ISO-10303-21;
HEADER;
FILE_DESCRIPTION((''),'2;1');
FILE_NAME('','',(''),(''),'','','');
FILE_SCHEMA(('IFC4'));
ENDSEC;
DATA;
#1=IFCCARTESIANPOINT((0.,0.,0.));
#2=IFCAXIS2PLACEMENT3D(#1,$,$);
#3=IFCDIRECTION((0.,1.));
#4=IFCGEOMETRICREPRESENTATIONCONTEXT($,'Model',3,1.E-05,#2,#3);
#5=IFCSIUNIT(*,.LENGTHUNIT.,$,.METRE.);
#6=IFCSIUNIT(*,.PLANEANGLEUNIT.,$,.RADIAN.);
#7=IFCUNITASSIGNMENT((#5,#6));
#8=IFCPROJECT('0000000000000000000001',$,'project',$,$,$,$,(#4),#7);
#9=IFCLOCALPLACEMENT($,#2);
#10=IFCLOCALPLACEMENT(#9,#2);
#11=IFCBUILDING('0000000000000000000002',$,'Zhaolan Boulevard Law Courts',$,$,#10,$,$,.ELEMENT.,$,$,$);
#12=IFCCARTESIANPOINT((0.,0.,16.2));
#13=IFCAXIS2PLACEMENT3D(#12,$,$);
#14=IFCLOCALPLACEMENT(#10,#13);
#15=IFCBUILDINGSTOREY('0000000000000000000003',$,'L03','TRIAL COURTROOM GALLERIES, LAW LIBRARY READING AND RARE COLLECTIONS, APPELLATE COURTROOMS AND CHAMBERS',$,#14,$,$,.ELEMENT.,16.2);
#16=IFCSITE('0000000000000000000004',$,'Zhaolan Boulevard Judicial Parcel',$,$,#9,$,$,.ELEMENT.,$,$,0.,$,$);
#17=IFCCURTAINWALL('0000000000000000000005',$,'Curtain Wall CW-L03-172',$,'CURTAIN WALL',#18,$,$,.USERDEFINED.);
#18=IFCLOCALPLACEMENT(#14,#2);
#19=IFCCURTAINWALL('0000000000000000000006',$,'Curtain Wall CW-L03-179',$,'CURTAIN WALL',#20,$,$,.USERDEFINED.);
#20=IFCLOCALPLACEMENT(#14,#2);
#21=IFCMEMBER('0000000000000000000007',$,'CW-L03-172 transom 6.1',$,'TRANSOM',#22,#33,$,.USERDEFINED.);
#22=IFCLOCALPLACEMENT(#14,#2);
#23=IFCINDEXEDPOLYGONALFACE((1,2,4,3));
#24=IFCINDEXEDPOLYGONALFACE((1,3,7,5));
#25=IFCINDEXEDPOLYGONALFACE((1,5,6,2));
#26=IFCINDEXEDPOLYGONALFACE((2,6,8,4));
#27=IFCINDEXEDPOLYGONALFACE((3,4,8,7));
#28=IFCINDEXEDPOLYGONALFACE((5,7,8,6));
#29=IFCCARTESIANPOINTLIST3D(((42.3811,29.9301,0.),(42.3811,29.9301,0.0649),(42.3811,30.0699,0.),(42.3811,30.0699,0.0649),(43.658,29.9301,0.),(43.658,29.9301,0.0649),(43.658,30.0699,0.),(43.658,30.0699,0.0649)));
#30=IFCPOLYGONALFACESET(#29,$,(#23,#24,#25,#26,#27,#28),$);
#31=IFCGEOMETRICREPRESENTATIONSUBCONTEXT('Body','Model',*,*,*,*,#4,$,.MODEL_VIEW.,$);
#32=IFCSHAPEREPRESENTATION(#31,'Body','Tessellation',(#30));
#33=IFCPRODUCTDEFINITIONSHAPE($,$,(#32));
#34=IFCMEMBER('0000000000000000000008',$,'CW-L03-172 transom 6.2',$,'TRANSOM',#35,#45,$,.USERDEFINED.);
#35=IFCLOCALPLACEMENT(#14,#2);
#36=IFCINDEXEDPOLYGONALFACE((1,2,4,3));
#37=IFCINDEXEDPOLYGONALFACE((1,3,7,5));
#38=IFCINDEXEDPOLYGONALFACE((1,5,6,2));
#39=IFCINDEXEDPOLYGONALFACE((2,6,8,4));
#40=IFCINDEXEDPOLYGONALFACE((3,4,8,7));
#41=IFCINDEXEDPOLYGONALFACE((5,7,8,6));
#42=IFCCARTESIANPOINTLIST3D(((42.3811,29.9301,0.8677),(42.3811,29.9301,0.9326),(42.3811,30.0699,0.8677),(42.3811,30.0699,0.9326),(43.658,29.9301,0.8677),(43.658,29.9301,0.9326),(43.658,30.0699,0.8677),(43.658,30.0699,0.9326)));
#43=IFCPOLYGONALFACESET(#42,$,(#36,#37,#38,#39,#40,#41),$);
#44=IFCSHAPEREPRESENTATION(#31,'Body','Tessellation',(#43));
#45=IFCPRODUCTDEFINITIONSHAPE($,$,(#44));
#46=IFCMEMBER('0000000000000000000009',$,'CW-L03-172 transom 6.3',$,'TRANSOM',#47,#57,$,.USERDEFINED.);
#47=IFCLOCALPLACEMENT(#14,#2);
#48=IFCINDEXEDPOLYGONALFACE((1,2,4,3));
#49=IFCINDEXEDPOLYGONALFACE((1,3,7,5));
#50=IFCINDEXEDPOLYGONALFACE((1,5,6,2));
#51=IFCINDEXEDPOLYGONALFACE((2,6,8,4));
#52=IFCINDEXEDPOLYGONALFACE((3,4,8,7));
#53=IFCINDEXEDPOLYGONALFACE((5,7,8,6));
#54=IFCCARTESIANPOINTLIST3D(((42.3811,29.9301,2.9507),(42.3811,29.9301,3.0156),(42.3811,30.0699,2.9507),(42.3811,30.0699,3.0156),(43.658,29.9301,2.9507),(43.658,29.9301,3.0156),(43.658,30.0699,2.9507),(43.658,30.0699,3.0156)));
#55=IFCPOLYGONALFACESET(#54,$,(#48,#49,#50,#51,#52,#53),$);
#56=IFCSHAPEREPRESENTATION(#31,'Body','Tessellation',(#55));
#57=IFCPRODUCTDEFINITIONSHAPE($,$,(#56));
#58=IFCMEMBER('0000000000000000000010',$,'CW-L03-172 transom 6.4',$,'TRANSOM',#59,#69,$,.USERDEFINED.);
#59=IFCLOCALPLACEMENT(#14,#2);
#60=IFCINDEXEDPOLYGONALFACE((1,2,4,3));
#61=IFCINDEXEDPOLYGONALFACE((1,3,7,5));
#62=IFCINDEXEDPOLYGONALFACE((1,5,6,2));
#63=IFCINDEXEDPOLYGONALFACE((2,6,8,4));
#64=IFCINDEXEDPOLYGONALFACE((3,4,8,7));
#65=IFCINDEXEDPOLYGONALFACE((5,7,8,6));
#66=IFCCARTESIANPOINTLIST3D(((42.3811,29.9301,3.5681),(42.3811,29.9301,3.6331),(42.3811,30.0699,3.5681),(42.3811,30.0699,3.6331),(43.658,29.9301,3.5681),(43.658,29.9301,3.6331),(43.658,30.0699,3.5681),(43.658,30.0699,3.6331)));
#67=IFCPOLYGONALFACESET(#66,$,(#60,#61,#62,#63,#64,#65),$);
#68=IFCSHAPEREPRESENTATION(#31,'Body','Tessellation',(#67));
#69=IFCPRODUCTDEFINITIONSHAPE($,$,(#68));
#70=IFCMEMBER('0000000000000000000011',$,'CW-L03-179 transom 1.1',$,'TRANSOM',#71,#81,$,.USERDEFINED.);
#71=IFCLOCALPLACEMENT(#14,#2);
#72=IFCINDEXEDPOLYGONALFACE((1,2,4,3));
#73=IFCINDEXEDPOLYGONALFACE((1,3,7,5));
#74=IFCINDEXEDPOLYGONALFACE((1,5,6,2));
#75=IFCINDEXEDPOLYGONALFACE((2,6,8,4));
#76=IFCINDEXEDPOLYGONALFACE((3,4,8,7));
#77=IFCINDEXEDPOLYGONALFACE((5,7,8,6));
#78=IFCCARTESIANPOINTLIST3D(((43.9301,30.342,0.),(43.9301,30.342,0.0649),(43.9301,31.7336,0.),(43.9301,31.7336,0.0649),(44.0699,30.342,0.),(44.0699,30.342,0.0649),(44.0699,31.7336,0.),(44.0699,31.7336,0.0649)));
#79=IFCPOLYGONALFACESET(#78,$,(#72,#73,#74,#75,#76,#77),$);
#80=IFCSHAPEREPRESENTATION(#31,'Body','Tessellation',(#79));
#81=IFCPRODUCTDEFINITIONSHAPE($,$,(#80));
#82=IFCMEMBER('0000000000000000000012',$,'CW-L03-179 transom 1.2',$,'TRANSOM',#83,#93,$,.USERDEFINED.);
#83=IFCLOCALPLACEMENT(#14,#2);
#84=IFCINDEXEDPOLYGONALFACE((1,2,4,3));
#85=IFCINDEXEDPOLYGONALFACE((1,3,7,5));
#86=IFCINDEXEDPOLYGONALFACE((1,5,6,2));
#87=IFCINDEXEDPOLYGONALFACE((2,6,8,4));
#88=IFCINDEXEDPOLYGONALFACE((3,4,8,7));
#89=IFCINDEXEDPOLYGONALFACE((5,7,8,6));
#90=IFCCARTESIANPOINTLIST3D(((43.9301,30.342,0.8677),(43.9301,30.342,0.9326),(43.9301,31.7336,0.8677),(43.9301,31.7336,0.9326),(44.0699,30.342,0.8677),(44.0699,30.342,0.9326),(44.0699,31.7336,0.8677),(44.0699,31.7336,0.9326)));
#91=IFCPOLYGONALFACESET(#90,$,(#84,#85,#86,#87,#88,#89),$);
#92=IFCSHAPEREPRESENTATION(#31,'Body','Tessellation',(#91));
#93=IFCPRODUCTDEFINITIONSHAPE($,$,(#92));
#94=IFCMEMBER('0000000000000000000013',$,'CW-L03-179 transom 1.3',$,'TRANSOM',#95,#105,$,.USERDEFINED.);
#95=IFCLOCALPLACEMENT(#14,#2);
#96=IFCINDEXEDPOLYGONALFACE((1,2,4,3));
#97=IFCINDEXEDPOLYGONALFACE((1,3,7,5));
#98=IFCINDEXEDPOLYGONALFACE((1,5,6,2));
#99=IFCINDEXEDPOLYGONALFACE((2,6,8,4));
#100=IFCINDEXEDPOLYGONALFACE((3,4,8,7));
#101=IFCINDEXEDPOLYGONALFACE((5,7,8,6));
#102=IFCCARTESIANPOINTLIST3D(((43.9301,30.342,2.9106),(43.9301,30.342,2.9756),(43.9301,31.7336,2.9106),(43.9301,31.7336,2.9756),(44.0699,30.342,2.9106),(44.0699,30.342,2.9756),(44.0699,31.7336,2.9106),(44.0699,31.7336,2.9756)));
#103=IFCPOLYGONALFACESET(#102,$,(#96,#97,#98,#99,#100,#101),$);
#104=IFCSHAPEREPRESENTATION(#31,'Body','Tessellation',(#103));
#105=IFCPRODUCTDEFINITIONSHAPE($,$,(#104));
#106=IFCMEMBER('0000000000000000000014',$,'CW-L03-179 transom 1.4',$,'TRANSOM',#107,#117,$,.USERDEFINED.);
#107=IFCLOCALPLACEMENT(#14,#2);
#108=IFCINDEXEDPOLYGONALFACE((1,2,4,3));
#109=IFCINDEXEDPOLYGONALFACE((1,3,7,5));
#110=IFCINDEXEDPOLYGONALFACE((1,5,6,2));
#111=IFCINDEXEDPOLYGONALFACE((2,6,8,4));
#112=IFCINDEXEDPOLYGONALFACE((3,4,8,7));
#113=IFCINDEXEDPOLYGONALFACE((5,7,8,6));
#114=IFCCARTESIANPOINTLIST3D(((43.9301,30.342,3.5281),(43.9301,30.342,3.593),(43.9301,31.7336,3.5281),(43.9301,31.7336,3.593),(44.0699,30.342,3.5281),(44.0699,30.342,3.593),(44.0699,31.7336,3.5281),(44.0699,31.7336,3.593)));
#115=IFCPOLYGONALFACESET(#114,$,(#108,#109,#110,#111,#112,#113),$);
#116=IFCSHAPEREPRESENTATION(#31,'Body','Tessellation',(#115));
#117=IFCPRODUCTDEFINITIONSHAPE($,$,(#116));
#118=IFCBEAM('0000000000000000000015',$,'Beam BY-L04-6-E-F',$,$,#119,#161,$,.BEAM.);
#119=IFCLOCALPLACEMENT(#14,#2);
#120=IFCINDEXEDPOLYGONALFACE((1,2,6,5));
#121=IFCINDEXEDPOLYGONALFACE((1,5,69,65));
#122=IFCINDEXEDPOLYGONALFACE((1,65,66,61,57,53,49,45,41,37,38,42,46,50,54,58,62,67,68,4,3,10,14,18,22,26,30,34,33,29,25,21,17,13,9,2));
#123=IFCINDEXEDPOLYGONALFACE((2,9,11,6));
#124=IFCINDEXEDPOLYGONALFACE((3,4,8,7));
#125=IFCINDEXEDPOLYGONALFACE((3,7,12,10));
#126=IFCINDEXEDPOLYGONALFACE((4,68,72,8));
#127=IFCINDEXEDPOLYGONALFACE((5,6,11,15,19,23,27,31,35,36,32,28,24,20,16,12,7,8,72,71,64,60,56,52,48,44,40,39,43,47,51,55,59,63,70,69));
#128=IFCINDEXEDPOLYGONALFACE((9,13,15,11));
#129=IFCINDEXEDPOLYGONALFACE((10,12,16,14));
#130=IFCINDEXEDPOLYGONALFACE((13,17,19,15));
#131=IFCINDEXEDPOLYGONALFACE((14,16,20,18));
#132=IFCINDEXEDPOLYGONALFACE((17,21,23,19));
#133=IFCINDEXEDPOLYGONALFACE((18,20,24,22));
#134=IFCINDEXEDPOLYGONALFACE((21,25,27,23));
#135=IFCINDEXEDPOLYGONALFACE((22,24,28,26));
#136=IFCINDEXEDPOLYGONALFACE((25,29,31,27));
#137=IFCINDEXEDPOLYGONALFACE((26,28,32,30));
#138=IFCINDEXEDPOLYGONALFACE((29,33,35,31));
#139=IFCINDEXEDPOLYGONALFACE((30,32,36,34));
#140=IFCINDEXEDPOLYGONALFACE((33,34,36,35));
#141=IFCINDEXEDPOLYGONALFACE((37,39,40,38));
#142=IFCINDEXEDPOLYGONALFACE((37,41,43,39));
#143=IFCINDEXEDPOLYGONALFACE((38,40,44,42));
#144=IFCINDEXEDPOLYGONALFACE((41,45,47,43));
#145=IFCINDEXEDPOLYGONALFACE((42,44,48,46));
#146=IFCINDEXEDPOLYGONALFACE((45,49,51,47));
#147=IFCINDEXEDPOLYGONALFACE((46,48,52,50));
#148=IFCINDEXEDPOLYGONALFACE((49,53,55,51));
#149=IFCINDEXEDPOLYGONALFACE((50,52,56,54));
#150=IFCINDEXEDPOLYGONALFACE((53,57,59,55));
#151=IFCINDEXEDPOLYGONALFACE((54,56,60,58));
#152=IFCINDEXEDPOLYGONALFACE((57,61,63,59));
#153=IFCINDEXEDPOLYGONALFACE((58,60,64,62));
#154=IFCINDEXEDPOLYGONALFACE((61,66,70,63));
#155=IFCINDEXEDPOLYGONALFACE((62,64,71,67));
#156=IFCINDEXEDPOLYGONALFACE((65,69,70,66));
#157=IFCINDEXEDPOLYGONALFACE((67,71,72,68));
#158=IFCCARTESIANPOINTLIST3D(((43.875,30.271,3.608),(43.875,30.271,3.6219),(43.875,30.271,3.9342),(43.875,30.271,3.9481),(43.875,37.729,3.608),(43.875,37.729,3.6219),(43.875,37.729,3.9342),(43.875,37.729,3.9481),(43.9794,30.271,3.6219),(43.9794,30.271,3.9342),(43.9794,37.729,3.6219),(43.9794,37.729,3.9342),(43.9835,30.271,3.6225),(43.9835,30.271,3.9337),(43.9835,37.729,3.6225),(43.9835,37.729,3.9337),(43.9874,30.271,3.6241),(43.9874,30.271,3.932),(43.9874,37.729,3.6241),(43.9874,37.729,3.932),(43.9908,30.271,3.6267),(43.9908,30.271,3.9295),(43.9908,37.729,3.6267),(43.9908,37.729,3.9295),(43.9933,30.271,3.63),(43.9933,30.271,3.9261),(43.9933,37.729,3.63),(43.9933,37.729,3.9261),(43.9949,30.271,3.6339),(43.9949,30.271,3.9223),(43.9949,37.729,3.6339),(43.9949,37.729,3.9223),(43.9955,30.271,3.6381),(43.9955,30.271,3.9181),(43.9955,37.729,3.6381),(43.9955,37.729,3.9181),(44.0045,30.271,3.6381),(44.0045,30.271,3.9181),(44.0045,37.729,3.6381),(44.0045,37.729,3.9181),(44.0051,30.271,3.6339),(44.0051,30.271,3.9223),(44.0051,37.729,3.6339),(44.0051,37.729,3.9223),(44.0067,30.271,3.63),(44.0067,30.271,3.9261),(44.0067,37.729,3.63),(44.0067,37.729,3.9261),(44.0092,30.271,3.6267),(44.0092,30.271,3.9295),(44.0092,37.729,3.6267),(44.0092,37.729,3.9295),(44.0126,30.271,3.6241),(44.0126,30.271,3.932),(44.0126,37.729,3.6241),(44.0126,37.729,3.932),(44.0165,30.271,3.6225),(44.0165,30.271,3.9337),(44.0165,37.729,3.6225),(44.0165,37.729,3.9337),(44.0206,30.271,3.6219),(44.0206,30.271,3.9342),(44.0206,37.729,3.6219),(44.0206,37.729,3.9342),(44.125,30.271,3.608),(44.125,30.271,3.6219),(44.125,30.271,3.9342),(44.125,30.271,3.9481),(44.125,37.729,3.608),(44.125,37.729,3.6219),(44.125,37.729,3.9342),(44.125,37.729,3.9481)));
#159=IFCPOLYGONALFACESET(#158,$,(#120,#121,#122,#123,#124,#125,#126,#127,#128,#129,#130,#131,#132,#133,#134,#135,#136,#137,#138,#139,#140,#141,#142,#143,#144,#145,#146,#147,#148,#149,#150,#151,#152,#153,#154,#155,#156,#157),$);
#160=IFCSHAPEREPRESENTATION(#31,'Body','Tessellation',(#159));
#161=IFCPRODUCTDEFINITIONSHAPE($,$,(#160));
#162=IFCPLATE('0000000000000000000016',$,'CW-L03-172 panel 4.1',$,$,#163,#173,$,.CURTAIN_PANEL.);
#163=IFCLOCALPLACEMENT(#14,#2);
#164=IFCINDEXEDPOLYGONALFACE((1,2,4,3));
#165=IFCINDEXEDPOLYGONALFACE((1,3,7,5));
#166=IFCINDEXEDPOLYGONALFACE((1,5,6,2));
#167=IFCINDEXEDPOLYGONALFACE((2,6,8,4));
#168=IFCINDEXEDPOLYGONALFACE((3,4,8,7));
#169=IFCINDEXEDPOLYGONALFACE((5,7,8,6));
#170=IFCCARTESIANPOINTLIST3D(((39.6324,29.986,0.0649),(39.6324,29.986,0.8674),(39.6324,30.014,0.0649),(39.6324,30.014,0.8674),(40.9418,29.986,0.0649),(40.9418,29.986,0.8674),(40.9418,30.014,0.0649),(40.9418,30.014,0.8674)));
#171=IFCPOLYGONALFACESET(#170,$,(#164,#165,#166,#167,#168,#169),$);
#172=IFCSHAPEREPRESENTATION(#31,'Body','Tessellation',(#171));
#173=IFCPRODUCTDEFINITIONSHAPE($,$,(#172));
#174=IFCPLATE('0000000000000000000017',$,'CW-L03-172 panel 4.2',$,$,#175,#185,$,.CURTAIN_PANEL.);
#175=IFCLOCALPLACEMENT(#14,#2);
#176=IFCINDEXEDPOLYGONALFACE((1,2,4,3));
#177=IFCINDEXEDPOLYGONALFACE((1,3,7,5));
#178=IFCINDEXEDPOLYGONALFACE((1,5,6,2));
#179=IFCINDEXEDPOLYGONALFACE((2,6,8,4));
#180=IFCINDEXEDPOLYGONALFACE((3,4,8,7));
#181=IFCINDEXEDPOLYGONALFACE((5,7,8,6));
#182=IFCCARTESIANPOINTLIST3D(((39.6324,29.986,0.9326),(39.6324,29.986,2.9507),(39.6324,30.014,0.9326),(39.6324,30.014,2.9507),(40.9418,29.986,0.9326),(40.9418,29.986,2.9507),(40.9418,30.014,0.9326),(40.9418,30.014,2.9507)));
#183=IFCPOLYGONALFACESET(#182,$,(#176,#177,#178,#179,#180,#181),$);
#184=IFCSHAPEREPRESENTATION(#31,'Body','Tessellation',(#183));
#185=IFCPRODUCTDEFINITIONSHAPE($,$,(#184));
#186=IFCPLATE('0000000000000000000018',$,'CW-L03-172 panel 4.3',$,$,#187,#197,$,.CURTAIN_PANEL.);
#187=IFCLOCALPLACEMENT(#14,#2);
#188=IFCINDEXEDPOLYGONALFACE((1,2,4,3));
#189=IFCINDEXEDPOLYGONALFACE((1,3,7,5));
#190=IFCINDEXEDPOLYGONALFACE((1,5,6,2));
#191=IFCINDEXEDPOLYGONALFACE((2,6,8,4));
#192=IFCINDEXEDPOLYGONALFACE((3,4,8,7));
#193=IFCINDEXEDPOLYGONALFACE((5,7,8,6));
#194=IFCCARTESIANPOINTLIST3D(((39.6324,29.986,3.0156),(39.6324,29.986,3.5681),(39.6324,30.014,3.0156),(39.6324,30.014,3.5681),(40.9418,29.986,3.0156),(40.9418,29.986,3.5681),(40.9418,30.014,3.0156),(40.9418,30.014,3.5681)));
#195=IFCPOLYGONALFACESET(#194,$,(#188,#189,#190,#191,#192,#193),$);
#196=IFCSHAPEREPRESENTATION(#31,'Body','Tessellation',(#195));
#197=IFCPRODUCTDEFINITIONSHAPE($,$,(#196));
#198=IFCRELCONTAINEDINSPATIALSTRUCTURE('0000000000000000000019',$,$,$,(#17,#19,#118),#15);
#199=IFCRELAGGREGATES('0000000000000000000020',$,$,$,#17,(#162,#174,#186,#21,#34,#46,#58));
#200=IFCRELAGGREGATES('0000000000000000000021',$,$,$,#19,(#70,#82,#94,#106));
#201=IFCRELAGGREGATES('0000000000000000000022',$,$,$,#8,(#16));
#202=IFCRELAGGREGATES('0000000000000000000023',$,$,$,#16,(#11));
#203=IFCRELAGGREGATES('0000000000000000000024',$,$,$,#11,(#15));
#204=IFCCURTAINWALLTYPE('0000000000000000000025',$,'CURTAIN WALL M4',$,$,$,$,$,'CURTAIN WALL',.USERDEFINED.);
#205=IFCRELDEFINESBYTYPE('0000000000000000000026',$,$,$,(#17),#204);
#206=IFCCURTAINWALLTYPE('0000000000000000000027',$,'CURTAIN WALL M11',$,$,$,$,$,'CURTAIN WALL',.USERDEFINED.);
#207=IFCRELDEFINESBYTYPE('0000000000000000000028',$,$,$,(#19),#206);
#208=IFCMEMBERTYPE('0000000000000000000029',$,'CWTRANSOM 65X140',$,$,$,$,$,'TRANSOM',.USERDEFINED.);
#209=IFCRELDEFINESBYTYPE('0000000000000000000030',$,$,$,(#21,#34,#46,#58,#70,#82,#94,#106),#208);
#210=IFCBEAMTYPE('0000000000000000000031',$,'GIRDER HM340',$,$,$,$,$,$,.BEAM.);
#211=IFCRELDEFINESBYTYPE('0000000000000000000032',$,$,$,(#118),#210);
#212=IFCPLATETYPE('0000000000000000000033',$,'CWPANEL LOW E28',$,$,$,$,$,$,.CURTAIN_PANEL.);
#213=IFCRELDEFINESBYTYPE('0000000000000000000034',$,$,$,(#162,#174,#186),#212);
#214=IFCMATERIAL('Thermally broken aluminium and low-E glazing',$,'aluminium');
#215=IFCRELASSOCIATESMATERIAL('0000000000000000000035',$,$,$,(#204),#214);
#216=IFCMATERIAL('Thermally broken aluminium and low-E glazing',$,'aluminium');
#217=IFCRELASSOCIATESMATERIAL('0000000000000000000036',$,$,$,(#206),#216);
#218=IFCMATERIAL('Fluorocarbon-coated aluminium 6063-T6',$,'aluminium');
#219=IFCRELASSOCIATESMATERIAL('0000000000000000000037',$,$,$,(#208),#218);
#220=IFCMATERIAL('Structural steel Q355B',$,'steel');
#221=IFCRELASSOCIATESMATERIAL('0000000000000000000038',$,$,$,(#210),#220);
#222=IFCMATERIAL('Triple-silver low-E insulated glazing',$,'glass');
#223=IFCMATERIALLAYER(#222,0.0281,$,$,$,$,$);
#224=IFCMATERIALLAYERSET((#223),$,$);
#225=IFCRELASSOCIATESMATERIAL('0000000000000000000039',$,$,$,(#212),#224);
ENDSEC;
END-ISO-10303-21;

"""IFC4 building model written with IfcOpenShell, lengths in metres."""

from ifc_helpers import new_model, si_unit, direction, frame, origin, origin_2d, place, context, subcontext, project, spatial, rectangle, i_section, extrude, material, layer, layer_set, material_profile, profile_set, type_object, element, aggregate, save


model = new_model("IFC4")

# Units and contexts
model_context = context("Model", 3, precision=1e-05, world=origin(), true_north=direction((0.0, 1.0)))
body_context = subcontext(model_context, "Body", "Model", "MODEL_VIEW")
ifc_project = project(units=[si_unit("LENGTHUNIT", "METRE"), si_unit("PLANEANGLEUNIT", "RADIAN")], contexts=[model_context])

# Site, building, storey
site_placement = place(None, origin())
site = spatial("IfcSite", under=ifc_project, at=site_placement, Name="Zhaolan Boulevard Judicial Parcel", CompositionType="ELEMENT", RefElevation=0.0)
building_placement = place(site_placement, origin())
building = spatial("IfcBuilding", under=site, at=building_placement, Name="Zhaolan Boulevard Law Courts", CompositionType="ELEMENT")
storey_placement = place(building_placement, frame((0.0, 0.0, 16.2)))
storey = spatial("IfcBuildingStorey", under=building, at=storey_placement, Name="L03", Description="TRIAL COURTROOM GALLERIES, LAW LIBRARY READING AND RARE COLLECTIONS, APPELLATE COURTROOMS AND CHAMBERS", CompositionType="ELEMENT", Elevation=16.2)

# Curtain wall
ifc_material_1 = material(Name="Thermally broken aluminium and low-E glazing", Category="aluminium")
curtain_wall_type_1 = type_object("IfcCurtainWallType", Name="CURTAIN WALL M4", ElementType="CURTAIN WALL", PredefinedType="USERDEFINED", material=ifc_material_1)
curtain_wall_1_placement = place(storey_placement, origin())
curtain_wall_1 = element("IfcCurtainWall", 1, at=curtain_wall_1_placement, inside=storey, type_object=curtain_wall_type_1, Name="Curtain Wall CW-L03-172", ObjectType="CURTAIN WALL", PredefinedType="USERDEFINED")

# Curtain wall
ifc_material_2 = material(Name="Thermally broken aluminium and low-E glazing", Category="aluminium")
curtain_wall_type_2 = type_object("IfcCurtainWallType", Name="CURTAIN WALL M11", ElementType="CURTAIN WALL", PredefinedType="USERDEFINED", material=ifc_material_2)
curtain_wall_2_placement = place(storey_placement, origin())
curtain_wall_2 = element("IfcCurtainWall", 2, at=curtain_wall_2_placement, inside=storey, type_object=curtain_wall_type_2, Name="Curtain Wall CW-L03-179", ObjectType="CURTAIN WALL", PredefinedType="USERDEFINED")

# Members
ifc_material_3 = material(Name="Fluorocarbon-coated aluminium 6063-T6", Category="aluminium")
ifc_material_profile_1 = material_profile(ifc_material_3, rectangle(XDim=0.1399, YDim=0.0649, at=origin_2d()), Name="AL65x140")
ifc_profile_set_1 = profile_set([ifc_material_profile_1], Name="Fluorocarbon-coated aluminium 6063-T6")
member_type_1 = type_object("IfcMemberType", Name="CWTRANSOM 65X140", ElementType="TRANSOM", PredefinedType="USERDEFINED", material=ifc_profile_set_1)
member_1_placement = place(storey_placement, frame((42.3811, 30.0, 0.0325), z_axis=(1.0, 0.0, 0.0), x_axis=(0.0, 1.0, 0.0)))
member_1 = element("IfcMember", 3, at=member_1_placement, type_object=member_type_1, Name="CW-L03-172 transom 6.1", ObjectType="TRANSOM", PredefinedType="USERDEFINED", context=body_context, shape_type="SweptSolid", body=[
    extrude(rectangle(XDim=0.1399, YDim=0.0649, at=origin_2d()), origin(), (0.0, 0.0, 1.0), 1.2769),
])
member_2_placement = place(storey_placement, frame((42.3811, 30.0, 0.9001), z_axis=(1.0, 0.0, 0.0), x_axis=(0.0, 1.0, 0.0)))
member_2 = element("IfcMember", 4, at=member_2_placement, type_object=member_type_1, Name="CW-L03-172 transom 6.2", ObjectType="TRANSOM", PredefinedType="USERDEFINED", context=body_context, shape_type="SweptSolid", body=[
    extrude(rectangle(XDim=0.1399, YDim=0.0649, at=origin_2d()), origin(), (0.0, 0.0, 1.0), 1.2769),
])
member_3_placement = place(storey_placement, frame((42.3811, 30.0, 2.9832), z_axis=(1.0, 0.0, 0.0), x_axis=(0.0, 1.0, 0.0)))
member_3 = element("IfcMember", 5, at=member_3_placement, type_object=member_type_1, Name="CW-L03-172 transom 6.3", ObjectType="TRANSOM", PredefinedType="USERDEFINED", context=body_context, shape_type="SweptSolid", body=[
    extrude(rectangle(XDim=0.1399, YDim=0.0649, at=origin_2d()), origin(), (0.0, 0.0, 1.0), 1.2769),
])
member_4_placement = place(storey_placement, frame((42.3811, 30.0, 3.6006), z_axis=(1.0, 0.0, 0.0), x_axis=(0.0, 1.0, 0.0)))
member_4 = element("IfcMember", 6, at=member_4_placement, type_object=member_type_1, Name="CW-L03-172 transom 6.4", ObjectType="TRANSOM", PredefinedType="USERDEFINED", context=body_context, shape_type="SweptSolid", body=[
    extrude(rectangle(XDim=0.1399, YDim=0.0649, at=origin_2d()), origin(), (0.0, 0.0, 1.0), 1.2769),
])
member_5_placement = place(storey_placement, frame((44.0, 30.342, 0.0325), z_axis=(0.0, 1.0, 0.0), x_axis=(-1.0, 0.0, 0.0)))
member_5 = element("IfcMember", 7, at=member_5_placement, type_object=member_type_1, Name="CW-L03-179 transom 1.1", ObjectType="TRANSOM", PredefinedType="USERDEFINED", context=body_context, shape_type="SweptSolid", body=[
    extrude(rectangle(XDim=0.1399, YDim=0.0649, at=origin_2d()), origin(), (0.0, 0.0, 1.0), 1.3916),
])
member_6_placement = place(storey_placement, frame((44.0, 30.342, 0.9001), z_axis=(0.0, 1.0, 0.0), x_axis=(-1.0, 0.0, 0.0)))
member_6 = element("IfcMember", 8, at=member_6_placement, type_object=member_type_1, Name="CW-L03-179 transom 1.2", ObjectType="TRANSOM", PredefinedType="USERDEFINED", context=body_context, shape_type="SweptSolid", body=[
    extrude(rectangle(XDim=0.1399, YDim=0.0649, at=origin_2d()), origin(), (0.0, 0.0, 1.0), 1.3916),
])
member_7_placement = place(storey_placement, frame((44.0, 30.342, 2.9431), z_axis=(0.0, 1.0, 0.0), x_axis=(-1.0, 0.0, 0.0)))
member_7 = element("IfcMember", 9, at=member_7_placement, type_object=member_type_1, Name="CW-L03-179 transom 1.3", ObjectType="TRANSOM", PredefinedType="USERDEFINED", context=body_context, shape_type="SweptSolid", body=[
    extrude(rectangle(XDim=0.1399, YDim=0.0649, at=origin_2d()), origin(), (0.0, 0.0, 1.0), 1.3916),
])
member_8_placement = place(storey_placement, frame((44.0, 30.342, 3.5605), z_axis=(0.0, 1.0, 0.0), x_axis=(-1.0, 0.0, 0.0)))
member_8 = element("IfcMember", 10, at=member_8_placement, type_object=member_type_1, Name="CW-L03-179 transom 1.4", ObjectType="TRANSOM", PredefinedType="USERDEFINED", context=body_context, shape_type="SweptSolid", body=[
    extrude(rectangle(XDim=0.1399, YDim=0.0649, at=origin_2d()), origin(), (0.0, 0.0, 1.0), 1.3916),
])

# Beam
ifc_material_4 = material(Name="Structural steel Q355B", Category="steel")
ifc_material_profile_2 = material_profile(ifc_material_4, i_section(OverallWidth=0.25, OverallDepth=0.3401, WebThickness=0.009, FlangeThickness=0.0139, FilletRadius=0.0161, at=origin_2d()), Name="HM340x250")
ifc_profile_set_2 = profile_set([ifc_material_profile_2], Name="Structural steel Q355B")
beam_type = type_object("IfcBeamType", Name="GIRDER HM340", PredefinedType="BEAM", material=ifc_profile_set_2)
beam_placement = place(storey_placement, frame((44.0, 30.271, 3.7781), z_axis=(0.0, 1.0, 0.0), x_axis=(-1.0, 0.0, 0.0)))
element("IfcBeam", 11, at=beam_placement, inside=storey, type_object=beam_type, Name="Beam BY-L04-6-E-F", PredefinedType="BEAM", context=body_context, shape_type="SweptSolid", body=[
    extrude(i_section(OverallWidth=0.25, OverallDepth=0.3401, WebThickness=0.009, FlangeThickness=0.0139, FilletRadius=0.0161, at=origin_2d()), origin(), (0.0, 0.0, 1.0), 7.458),
])

# Plates
ifc_material_5 = material(Name="Triple-silver low-E insulated glazing", Category="glass")
ifc_layer_1 = layer(ifc_material_5, 0.0281)
ifc_layer_set_1 = layer_set([ifc_layer_1])
plate_type_1 = type_object("IfcPlateType", Name="CWPANEL LOW E28", PredefinedType="CURTAIN_PANEL", material=ifc_layer_set_1)
plate_1_placement = place(storey_placement, frame((40.2871, 30.0, 0.0649), z_axis=(0.0, 0.0, 1.0), x_axis=(1.0, 0.0, 0.0)))
plate_1 = element("IfcPlate", 12, at=plate_1_placement, type_object=plate_type_1, Name="CW-L03-172 panel 4.1", PredefinedType="CURTAIN_PANEL", context=body_context, shape_type="SweptSolid", body=[
    extrude(rectangle(XDim=1.3093, YDim=0.0281, at=origin_2d()), origin(), (0.0, 0.0, 1.0), 0.8025),
])
plate_2_placement = place(storey_placement, frame((40.2871, 30.0, 0.9326), z_axis=(0.0, 0.0, 1.0), x_axis=(1.0, 0.0, 0.0)))
plate_2 = element("IfcPlate", 13, at=plate_2_placement, type_object=plate_type_1, Name="CW-L03-172 panel 4.2", PredefinedType="CURTAIN_PANEL", context=body_context, shape_type="SweptSolid", body=[
    extrude(rectangle(XDim=1.3093, YDim=0.0281, at=origin_2d()), origin(), (0.0, 0.0, 1.0), 2.0181),
])
plate_3_placement = place(storey_placement, frame((40.2871, 30.0, 3.0156), z_axis=(0.0, 0.0, 1.0), x_axis=(1.0, 0.0, 0.0)))
plate_3 = element("IfcPlate", 14, at=plate_3_placement, type_object=plate_type_1, Name="CW-L03-172 panel 4.3", PredefinedType="CURTAIN_PANEL", context=body_context, shape_type="SweptSolid", body=[
    extrude(rectangle(XDim=1.3093, YDim=0.0281, at=origin_2d()), origin(), (0.0, 0.0, 1.0), 0.5525),
])
aggregate(curtain_wall_1, [plate_1, plate_2, plate_3, member_1, member_2, member_3, member_4])
aggregate(curtain_wall_2, [member_5, member_6, member_7, member_8])

save(model, "model.ifc")
